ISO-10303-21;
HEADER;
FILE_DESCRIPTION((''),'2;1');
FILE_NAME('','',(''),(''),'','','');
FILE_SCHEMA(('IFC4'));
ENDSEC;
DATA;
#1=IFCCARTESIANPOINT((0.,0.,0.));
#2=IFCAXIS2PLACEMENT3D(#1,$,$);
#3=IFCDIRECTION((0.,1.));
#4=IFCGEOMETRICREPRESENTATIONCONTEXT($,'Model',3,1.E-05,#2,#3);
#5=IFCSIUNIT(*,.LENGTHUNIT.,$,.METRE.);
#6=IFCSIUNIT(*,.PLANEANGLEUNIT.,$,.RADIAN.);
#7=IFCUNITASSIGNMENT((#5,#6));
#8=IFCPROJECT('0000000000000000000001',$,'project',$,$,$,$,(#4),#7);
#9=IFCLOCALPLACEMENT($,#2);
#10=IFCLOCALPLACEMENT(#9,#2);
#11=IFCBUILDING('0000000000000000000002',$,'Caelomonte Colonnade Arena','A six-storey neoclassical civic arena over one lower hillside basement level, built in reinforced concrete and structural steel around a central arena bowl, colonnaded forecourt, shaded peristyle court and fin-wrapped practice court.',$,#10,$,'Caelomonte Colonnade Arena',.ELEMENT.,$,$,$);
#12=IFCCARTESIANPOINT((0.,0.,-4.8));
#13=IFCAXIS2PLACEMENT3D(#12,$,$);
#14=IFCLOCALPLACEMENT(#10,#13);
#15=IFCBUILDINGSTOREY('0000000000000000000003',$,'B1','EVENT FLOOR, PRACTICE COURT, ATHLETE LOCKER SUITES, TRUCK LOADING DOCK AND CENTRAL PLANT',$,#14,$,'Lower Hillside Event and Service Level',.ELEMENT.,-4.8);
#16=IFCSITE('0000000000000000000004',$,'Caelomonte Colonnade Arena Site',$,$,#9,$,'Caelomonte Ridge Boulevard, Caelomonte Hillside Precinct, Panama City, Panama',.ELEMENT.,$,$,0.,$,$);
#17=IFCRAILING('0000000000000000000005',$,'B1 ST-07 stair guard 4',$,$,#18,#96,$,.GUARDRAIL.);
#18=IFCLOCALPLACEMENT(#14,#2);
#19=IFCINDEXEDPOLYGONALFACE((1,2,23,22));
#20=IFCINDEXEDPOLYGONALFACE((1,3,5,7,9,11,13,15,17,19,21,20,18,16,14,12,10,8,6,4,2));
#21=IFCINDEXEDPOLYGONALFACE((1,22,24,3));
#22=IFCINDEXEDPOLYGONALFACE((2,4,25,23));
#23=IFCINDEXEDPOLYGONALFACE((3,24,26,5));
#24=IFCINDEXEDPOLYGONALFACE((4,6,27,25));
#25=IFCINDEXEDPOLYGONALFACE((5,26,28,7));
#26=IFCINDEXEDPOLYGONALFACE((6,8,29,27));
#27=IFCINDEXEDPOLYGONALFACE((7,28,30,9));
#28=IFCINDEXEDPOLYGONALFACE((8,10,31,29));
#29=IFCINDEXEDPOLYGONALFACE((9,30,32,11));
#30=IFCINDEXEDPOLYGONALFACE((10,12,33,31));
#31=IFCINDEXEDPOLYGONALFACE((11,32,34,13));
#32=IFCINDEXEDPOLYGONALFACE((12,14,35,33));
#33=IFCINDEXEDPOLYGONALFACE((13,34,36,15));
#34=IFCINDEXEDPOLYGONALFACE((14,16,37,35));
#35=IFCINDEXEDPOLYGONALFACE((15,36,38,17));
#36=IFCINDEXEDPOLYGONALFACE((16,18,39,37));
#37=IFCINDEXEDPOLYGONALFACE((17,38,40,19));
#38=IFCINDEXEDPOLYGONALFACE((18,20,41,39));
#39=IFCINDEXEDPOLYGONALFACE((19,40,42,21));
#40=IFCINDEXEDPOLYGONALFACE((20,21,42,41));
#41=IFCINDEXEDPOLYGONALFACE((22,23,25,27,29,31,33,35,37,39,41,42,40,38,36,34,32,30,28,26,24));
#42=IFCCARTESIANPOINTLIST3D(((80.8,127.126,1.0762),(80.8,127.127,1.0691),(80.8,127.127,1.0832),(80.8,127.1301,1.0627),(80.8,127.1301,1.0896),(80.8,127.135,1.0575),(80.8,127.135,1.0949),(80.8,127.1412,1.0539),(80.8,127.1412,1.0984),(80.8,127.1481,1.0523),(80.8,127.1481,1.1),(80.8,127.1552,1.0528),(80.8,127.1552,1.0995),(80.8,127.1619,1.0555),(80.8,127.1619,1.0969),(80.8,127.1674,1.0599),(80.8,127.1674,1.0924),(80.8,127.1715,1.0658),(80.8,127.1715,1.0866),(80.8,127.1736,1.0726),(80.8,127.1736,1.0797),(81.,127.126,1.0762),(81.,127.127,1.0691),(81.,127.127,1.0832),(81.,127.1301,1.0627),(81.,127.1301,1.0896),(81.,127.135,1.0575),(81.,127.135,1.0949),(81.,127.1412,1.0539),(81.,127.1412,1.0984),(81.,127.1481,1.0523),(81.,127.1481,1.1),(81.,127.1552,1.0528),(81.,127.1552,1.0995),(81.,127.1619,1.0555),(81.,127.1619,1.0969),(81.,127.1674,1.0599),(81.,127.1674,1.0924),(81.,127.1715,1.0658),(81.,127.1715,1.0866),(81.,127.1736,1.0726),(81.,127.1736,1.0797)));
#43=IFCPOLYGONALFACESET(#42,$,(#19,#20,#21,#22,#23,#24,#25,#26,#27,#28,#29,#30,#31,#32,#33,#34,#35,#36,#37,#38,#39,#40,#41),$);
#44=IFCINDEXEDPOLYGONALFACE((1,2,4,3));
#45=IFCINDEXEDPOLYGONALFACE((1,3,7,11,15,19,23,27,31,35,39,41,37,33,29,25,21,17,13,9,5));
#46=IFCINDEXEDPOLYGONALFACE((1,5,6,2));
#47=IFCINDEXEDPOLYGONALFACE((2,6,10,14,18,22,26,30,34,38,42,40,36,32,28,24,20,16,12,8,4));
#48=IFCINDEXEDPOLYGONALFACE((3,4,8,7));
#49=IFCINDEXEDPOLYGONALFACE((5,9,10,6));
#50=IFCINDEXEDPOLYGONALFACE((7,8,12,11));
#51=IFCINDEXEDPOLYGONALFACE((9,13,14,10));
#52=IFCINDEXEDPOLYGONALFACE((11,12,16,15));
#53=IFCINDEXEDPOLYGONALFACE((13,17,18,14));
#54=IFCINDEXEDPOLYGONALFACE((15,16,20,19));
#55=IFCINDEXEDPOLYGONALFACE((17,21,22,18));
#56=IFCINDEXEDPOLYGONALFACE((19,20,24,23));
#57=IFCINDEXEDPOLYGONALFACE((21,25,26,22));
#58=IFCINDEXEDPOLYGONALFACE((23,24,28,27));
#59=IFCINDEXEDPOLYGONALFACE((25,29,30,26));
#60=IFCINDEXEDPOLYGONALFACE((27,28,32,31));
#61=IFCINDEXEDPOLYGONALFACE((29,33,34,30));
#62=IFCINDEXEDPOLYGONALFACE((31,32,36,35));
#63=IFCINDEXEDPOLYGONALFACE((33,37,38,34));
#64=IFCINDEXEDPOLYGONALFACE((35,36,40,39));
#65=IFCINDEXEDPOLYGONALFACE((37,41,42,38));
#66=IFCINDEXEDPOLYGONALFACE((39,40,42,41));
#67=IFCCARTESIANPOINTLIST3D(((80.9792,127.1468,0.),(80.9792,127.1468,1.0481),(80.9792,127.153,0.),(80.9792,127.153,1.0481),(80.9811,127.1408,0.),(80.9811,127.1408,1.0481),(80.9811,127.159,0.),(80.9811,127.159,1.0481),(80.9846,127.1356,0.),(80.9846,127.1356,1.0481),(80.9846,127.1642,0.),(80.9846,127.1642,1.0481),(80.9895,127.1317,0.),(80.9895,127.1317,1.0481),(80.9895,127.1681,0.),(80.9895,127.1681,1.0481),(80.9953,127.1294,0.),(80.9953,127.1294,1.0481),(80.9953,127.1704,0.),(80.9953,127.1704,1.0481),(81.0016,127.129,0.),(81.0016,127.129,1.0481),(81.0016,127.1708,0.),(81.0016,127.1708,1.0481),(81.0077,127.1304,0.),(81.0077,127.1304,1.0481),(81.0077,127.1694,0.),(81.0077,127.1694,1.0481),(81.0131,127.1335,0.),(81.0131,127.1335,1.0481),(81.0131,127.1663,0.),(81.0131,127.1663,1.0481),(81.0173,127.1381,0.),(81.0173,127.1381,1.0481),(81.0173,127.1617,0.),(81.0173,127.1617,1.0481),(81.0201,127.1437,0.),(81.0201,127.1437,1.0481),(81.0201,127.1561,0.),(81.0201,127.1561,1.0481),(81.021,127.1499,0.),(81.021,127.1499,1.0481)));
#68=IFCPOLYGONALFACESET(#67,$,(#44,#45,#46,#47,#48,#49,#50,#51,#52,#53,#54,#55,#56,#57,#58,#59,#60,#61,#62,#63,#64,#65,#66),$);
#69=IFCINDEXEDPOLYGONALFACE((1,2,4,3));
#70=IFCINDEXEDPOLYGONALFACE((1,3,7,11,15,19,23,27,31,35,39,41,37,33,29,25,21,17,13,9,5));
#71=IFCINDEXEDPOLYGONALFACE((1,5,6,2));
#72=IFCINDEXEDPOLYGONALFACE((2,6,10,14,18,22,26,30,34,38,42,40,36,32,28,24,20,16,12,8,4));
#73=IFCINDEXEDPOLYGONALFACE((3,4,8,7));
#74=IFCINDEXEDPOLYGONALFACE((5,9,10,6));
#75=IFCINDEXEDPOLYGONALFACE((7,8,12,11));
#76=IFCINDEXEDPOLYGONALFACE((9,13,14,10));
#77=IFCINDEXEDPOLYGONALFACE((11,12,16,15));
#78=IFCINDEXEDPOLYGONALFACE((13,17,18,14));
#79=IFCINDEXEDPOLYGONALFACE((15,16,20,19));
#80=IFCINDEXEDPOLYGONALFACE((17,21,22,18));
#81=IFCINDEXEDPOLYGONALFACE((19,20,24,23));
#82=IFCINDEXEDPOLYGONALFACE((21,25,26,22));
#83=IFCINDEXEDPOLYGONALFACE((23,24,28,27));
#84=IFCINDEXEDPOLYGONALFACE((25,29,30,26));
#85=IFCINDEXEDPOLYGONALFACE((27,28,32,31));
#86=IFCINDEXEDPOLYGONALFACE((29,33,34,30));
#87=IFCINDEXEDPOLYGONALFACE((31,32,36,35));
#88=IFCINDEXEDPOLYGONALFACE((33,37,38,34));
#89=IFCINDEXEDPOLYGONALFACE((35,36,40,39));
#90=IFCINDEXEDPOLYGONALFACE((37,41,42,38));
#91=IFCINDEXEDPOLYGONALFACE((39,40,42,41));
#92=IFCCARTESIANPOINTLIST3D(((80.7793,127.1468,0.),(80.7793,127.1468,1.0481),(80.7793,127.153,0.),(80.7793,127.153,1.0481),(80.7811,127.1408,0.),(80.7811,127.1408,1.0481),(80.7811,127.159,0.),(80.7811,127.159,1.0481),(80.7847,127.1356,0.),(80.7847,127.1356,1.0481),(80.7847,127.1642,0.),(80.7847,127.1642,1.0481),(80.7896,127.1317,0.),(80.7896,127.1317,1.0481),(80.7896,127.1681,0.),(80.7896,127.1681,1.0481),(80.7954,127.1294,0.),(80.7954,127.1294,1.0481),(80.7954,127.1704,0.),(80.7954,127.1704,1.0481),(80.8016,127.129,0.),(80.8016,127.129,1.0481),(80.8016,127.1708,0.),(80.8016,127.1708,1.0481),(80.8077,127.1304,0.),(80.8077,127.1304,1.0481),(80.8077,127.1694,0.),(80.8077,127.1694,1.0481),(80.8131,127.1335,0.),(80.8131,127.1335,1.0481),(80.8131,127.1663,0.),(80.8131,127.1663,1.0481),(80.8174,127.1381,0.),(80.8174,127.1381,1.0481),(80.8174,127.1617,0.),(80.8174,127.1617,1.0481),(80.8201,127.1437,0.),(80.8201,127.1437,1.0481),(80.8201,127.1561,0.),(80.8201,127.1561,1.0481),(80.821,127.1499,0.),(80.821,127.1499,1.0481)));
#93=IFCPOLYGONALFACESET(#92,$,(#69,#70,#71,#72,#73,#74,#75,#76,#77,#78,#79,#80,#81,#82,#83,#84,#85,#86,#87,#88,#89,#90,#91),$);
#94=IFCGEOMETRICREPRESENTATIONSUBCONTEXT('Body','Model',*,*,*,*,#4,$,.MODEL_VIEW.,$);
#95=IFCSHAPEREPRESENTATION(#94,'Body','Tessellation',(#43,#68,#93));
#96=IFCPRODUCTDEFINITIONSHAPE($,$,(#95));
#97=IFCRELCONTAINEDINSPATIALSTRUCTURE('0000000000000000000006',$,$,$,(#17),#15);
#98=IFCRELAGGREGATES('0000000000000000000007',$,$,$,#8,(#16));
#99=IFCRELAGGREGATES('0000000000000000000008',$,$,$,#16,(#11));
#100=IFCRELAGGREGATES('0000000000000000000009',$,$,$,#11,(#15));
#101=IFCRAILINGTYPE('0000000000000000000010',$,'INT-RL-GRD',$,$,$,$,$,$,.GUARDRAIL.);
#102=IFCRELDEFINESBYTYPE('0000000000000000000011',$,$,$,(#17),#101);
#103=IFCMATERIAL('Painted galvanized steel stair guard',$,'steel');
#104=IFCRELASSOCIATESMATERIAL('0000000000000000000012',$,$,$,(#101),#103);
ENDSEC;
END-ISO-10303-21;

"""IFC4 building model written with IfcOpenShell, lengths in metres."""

from ifc_helpers import new_model, si_unit, direction, frame, origin, origin_2d, place, context, subcontext, project, spatial, circle, extrude, material, type_object, element, save


model = new_model("IFC4")

# Units and contexts
model_context = context("Model", 3, precision=1e-05, world=origin(), true_north=direction((0.0, 1.0)))
body_context = subcontext(model_context, "Body", "Model", "MODEL_VIEW")
ifc_project = project(units=[si_unit("LENGTHUNIT", "METRE"), si_unit("PLANEANGLEUNIT", "RADIAN")], contexts=[model_context])

# Site, building, storey
site_placement = place(None, origin())
site = spatial("IfcSite", under=ifc_project, at=site_placement, Name="Caelomonte Colonnade Arena Site", LongName="Caelomonte Ridge Boulevard, Caelomonte Hillside Precinct, Panama City, Panama", CompositionType="ELEMENT", RefElevation=0.0)
building_placement = place(site_placement, origin())
building = spatial("IfcBuilding", under=site, at=building_placement, Name="Caelomonte Colonnade Arena", Description="A six-storey neoclassical civic arena over one lower hillside basement level, built in reinforced concrete and structural steel around a central arena bowl, colonnaded forecourt, shaded peristyle court and fin-wrapped practice court.", LongName="Caelomonte Colonnade Arena", CompositionType="ELEMENT")
storey_placement = place(building_placement, frame((0.0, 0.0, -4.8)))
storey = spatial("IfcBuildingStorey", under=building, at=storey_placement, Name="B1", Description="EVENT FLOOR, PRACTICE COURT, ATHLETE LOCKER SUITES, TRUCK LOADING DOCK AND CENTRAL PLANT", LongName="Lower Hillside Event and Service Level", CompositionType="ELEMENT", Elevation=-4.8)

# Railing
ifc_material_1 = material(Name="Painted galvanized steel stair guard", Category="steel")
railing_type_1 = type_object("IfcRailingType", Name="INT-RL-GRD", PredefinedType="GUARDRAIL", material=ifc_material_1)
railing_1_placement = place(storey_placement, frame((81.0, 127.1499, 0.0)))
element("IfcRailing", 1, at=railing_1_placement, inside=storey, type_object=railing_type_1, Name="B1 ST-07 stair guard 4", PredefinedType="GUARDRAIL", context=body_context, shape_type="SweptSolid", body=[
    extrude(circle(Radius=0.0239, at=origin_2d()), frame((0.0, 0.0, 1.0762), z_axis=(-1.0, 0.0, 0.0), x_axis=(0.0, -1.0, 0.0)), (0.0, 0.0, 1.0), 0.2),
    extrude(circle(Radius=0.021, at=origin_2d()), origin(), (0.0, 0.0, 1.0), 1.0481),
    extrude(circle(Radius=0.021, at=origin_2d()), frame((-0.2, 0.0, 0.0)), (0.0, 0.0, 1.0), 1.0481),
])

save(model, "model.ifc")
